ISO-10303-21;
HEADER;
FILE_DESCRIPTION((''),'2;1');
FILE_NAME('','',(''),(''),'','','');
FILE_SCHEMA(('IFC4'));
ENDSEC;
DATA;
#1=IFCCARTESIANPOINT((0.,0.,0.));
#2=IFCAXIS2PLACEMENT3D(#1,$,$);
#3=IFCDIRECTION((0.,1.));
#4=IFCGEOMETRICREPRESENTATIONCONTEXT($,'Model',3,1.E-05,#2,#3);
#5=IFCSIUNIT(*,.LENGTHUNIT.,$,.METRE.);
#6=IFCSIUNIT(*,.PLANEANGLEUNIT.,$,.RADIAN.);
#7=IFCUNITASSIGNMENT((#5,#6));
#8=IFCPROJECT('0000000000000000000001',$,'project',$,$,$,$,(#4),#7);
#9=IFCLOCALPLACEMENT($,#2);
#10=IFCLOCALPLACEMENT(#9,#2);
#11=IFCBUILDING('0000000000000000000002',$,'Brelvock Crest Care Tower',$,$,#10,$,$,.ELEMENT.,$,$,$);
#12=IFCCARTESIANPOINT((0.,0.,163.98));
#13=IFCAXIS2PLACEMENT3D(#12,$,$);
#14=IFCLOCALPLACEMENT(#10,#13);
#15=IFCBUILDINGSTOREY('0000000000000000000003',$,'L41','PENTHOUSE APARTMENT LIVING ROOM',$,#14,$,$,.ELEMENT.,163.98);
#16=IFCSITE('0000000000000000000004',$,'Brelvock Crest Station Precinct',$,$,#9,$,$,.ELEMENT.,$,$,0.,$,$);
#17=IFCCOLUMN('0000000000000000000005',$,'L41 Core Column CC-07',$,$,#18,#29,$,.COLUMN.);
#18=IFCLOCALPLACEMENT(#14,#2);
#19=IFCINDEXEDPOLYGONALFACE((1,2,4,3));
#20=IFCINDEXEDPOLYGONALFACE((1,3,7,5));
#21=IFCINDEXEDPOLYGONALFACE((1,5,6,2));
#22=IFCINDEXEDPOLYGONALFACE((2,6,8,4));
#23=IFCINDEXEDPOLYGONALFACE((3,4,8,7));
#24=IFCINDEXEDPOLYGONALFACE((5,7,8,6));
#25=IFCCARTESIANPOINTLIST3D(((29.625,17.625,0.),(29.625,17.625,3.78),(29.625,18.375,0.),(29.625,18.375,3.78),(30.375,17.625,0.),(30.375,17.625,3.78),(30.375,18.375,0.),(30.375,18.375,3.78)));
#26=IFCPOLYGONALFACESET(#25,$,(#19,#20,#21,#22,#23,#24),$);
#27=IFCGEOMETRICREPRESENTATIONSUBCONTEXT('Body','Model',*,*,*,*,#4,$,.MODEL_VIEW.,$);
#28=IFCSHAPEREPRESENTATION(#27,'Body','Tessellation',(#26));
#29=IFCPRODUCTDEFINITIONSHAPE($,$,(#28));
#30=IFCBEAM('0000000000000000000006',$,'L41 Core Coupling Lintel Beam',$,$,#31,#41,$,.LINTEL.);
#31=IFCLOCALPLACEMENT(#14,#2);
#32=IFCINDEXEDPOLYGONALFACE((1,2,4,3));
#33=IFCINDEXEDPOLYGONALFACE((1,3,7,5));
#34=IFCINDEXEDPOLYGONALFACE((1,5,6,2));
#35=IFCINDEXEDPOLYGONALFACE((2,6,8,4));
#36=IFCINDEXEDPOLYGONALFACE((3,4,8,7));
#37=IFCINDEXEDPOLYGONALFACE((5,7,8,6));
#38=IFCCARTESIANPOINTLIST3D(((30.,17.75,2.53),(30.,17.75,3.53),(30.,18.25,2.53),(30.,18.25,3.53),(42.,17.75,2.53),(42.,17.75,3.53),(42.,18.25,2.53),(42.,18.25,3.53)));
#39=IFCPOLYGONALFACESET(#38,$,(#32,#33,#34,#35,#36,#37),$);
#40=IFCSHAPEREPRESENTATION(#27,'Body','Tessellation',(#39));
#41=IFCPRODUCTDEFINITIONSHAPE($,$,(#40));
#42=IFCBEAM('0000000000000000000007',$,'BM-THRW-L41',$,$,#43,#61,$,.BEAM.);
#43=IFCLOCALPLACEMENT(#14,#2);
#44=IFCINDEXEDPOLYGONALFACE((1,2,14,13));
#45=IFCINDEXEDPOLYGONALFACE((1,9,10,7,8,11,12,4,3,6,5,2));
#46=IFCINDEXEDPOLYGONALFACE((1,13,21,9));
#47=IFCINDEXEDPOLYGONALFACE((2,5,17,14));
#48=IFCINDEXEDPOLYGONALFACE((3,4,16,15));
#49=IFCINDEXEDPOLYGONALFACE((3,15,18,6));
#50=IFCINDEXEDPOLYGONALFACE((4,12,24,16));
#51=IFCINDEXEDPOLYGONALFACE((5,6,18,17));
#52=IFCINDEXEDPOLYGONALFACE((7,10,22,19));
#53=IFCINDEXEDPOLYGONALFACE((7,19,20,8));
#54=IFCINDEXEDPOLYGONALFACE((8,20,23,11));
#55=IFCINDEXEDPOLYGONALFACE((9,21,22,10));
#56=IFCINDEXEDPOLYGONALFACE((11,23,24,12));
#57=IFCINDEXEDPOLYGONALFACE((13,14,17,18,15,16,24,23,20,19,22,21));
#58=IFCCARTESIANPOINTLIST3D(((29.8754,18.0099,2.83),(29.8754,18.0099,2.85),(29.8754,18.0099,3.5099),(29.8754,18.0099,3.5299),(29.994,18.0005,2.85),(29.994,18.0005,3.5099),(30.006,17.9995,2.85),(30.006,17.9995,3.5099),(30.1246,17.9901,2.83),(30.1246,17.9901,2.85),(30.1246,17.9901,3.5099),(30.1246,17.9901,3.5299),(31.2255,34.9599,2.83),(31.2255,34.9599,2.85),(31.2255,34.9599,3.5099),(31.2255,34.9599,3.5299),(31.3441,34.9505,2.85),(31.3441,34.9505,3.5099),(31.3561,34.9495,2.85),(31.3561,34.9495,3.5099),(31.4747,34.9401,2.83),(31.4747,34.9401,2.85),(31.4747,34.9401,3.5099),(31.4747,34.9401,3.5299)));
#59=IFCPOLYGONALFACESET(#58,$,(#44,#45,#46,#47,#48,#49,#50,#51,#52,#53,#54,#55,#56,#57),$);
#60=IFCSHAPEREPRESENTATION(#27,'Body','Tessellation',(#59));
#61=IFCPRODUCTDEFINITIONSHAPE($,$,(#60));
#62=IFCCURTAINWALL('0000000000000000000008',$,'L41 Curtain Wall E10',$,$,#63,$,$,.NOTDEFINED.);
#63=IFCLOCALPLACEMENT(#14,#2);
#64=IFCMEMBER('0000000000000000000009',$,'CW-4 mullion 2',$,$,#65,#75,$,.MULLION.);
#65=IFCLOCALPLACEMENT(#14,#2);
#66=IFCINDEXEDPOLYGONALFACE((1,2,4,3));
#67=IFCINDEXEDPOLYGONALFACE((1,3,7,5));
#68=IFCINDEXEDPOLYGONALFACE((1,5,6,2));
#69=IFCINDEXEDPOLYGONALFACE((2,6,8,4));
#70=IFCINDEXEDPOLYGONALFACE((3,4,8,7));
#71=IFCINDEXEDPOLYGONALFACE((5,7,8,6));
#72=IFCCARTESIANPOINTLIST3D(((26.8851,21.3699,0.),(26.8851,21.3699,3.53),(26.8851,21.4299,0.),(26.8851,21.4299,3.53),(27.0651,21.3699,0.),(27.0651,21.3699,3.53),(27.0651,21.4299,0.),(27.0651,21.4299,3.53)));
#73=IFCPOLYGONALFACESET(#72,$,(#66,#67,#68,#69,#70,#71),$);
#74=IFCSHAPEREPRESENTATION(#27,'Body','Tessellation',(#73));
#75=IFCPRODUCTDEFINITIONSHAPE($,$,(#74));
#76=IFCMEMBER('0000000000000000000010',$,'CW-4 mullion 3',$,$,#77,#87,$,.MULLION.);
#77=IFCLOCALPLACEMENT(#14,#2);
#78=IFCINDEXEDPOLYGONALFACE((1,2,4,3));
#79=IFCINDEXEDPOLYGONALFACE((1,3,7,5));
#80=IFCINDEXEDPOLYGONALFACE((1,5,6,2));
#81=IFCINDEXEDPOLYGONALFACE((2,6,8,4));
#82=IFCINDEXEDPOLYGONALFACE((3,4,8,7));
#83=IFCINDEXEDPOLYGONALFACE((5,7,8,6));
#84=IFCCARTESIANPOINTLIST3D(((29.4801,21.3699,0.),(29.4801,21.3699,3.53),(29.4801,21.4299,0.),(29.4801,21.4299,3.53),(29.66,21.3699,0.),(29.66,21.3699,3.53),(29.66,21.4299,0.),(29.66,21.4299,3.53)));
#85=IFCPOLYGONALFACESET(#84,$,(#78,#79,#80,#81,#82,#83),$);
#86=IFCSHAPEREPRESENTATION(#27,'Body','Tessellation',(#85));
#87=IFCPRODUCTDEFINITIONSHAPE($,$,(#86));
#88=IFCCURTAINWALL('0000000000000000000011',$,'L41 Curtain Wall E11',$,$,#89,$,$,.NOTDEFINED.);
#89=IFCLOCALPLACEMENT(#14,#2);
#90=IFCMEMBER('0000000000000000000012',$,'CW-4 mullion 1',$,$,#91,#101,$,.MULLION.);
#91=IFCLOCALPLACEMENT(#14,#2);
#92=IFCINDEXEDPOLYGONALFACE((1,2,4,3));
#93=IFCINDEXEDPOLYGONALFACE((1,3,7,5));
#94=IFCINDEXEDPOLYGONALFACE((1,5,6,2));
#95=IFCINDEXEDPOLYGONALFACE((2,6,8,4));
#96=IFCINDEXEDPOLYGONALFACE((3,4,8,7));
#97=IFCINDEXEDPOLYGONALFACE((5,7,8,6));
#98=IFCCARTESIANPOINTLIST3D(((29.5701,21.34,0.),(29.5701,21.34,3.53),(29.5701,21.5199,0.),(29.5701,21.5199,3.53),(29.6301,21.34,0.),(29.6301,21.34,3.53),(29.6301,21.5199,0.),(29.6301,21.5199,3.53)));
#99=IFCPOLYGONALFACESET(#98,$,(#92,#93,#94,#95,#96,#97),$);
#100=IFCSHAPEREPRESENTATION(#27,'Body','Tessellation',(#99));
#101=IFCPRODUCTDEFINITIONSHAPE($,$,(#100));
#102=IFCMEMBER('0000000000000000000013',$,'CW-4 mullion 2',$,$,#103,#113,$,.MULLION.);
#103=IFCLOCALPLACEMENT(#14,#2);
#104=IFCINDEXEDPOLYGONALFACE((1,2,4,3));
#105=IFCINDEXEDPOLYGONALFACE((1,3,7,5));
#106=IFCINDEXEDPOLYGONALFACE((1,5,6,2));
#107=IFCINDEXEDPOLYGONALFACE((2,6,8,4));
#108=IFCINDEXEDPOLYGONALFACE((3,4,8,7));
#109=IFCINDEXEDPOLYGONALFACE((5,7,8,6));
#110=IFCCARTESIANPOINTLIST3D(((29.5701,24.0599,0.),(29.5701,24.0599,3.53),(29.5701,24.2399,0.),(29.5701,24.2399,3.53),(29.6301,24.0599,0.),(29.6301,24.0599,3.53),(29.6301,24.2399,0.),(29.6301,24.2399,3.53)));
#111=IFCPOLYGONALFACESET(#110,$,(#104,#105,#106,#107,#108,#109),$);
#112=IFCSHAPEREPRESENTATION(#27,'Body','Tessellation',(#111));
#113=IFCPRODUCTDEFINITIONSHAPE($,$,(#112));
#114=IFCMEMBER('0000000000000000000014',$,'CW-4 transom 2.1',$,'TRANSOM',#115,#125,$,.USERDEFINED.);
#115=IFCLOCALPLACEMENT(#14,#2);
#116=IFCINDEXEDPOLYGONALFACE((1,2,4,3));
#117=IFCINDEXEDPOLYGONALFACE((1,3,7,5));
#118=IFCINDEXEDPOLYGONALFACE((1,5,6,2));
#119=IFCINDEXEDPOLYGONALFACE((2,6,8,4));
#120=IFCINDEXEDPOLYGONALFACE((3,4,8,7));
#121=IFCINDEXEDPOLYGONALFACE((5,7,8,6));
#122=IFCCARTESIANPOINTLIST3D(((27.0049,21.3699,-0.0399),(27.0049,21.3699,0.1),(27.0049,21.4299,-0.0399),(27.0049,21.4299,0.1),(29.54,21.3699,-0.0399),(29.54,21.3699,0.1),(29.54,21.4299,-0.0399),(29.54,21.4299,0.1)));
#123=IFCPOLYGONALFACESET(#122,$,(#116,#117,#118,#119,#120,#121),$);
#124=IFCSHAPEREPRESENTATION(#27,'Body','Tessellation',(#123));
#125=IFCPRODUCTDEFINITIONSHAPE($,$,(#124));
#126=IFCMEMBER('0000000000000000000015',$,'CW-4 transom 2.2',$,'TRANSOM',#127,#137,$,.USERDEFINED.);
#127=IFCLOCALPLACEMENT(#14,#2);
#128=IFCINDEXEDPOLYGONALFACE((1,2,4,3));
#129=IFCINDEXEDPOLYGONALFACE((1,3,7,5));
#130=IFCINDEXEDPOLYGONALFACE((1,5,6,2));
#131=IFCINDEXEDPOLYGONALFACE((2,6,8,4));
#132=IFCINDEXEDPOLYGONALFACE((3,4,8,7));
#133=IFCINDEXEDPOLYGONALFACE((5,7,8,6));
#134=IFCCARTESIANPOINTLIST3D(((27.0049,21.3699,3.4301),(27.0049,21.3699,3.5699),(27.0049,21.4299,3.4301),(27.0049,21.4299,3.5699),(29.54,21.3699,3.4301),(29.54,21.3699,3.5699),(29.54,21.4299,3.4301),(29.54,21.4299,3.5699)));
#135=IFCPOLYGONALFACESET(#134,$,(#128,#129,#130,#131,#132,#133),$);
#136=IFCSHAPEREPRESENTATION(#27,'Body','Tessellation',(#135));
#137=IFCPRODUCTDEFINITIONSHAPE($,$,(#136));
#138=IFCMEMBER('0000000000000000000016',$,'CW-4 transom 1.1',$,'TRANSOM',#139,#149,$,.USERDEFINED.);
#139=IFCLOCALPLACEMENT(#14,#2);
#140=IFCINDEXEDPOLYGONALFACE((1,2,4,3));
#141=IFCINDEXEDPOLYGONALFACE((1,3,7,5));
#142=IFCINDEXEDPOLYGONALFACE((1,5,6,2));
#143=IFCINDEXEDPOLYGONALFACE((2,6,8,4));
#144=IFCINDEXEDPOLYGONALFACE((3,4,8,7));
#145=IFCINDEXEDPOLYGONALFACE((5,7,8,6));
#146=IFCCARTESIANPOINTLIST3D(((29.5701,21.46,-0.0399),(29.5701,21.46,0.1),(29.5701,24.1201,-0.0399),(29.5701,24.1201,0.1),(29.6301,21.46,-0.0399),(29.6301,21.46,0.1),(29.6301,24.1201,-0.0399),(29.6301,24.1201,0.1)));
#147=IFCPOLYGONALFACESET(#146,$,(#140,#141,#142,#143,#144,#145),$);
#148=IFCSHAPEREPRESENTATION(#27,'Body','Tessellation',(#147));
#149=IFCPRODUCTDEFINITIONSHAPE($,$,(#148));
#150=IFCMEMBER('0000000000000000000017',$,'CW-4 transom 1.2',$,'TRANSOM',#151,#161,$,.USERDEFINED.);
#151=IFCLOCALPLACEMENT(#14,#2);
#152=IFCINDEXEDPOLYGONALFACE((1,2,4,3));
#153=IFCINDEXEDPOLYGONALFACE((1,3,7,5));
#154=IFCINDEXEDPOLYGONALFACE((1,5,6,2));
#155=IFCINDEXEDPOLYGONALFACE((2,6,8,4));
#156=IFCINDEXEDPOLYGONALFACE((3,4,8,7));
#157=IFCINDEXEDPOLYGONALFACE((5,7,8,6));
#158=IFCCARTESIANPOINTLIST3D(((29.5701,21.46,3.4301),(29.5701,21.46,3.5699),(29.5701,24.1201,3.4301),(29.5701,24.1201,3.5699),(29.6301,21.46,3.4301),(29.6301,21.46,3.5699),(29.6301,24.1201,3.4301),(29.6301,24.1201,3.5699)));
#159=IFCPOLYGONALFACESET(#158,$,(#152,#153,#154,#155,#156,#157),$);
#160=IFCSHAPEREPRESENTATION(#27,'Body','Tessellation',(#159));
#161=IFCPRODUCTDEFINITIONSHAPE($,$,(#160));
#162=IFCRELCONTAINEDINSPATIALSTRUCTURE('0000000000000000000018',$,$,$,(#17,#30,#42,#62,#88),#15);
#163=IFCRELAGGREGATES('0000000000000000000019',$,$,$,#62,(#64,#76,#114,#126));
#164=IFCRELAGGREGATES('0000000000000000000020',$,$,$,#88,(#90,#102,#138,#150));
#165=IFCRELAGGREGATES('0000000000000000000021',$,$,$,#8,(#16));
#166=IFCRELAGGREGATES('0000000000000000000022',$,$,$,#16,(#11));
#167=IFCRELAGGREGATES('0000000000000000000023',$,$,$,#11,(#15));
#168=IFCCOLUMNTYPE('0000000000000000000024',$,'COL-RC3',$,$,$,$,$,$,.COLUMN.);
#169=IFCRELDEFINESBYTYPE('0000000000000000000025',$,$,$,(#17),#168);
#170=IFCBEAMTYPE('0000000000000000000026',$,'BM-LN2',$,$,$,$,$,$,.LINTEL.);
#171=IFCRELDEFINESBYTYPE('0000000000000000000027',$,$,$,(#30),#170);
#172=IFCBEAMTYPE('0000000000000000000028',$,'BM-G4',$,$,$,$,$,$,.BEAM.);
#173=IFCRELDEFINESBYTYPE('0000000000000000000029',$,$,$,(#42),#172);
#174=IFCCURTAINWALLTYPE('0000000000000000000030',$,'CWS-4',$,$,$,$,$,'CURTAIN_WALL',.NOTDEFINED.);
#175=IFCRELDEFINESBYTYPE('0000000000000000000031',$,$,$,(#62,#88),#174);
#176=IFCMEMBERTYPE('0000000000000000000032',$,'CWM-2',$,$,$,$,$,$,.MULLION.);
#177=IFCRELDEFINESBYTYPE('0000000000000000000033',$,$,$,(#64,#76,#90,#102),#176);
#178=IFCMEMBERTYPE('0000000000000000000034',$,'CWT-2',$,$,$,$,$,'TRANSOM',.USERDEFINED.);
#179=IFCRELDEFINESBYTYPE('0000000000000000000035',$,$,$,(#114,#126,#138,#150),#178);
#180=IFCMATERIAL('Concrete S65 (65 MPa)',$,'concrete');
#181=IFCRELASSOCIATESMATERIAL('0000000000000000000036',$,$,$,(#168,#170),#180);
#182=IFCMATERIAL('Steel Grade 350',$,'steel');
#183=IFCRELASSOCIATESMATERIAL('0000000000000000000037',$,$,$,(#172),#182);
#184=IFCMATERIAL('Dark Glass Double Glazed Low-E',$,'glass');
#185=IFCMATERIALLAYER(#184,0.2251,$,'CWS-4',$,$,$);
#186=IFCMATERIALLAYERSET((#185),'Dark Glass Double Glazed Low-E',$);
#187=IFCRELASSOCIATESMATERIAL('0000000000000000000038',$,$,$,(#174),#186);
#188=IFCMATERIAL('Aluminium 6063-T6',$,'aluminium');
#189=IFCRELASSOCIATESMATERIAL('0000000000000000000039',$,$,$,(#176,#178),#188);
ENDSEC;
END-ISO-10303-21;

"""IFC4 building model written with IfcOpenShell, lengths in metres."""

from ifc_helpers import new_model, si_unit, direction, frame, origin, origin_2d, place, context, subcontext, project, spatial, rectangle, i_section, extrude, source, transform, mapped, material, layer, layer_set, material_profile, profile_set, type_object, element, aggregate, save


model = new_model("IFC4")

# Units and contexts
model_context = context("Model", 3, precision=1e-05, world=origin(), true_north=direction((0.0, 1.0)))
body_context = subcontext(model_context, "Body", "Model", "MODEL_VIEW")
ifc_project = project(units=[si_unit("LENGTHUNIT", "METRE"), si_unit("PLANEANGLEUNIT", "RADIAN")], contexts=[model_context])

# Site, building, storey
site_placement = place(None, origin())
site = spatial("IfcSite", under=ifc_project, at=site_placement, Name="Brelvock Crest Station Precinct", CompositionType="ELEMENT", RefElevation=0.0)
building_placement = place(site_placement, origin())
building = spatial("IfcBuilding", under=site, at=building_placement, Name="Brelvock Crest Care Tower", CompositionType="ELEMENT")
storey_placement = place(building_placement, frame((0.0, 0.0, 163.98)))
storey = spatial("IfcBuildingStorey", under=building, at=storey_placement, Name="L41", Description="PENTHOUSE APARTMENT LIVING ROOM", CompositionType="ELEMENT", Elevation=163.98)

# Column
ifc_material_1 = material(Name="Concrete S65 (65 MPa)", Category="concrete")
ifc_material_profile_1 = material_profile(ifc_material_1, rectangle(XDim=0.75, YDim=0.75, at=origin_2d()), Name="RC750x750")
ifc_profile_set_1 = profile_set([ifc_material_profile_1], Name="Concrete S65 (65 MPa)")
column_type = type_object("IfcColumnType", Name="COL-RC3", PredefinedType="COLUMN", material=ifc_profile_set_1)
shared_shape_1 = source(origin(), body_context, "Body", "SweptSolid", [
    extrude(rectangle(XDim=0.75, YDim=0.75, at=origin_2d()), origin(), (0.0, 0.0, 1.0), 3.78),
])
column_placement = place(storey_placement, frame((30.0, 18.0, 0.0), z_axis=(0.0, 0.0, 1.0), x_axis=(1.0, 0.0, 0.0)))
element("IfcColumn", 1, at=column_placement, inside=storey, type_object=column_type, Name="L41 Core Column CC-07", PredefinedType="COLUMN", context=body_context, shape_type="MappedRepresentation", body=[
    mapped(shared_shape_1, transform((0.0, 0.0, 0.0), x_axis=(1.0, 0.0, 0.0), y_axis=(0.0, 1.0, 0.0), z_axis=(0.0, 0.0, 1.0), scale=1.0)),
])

# Beams
ifc_material_profile_2 = material_profile(ifc_material_1, rectangle(XDim=0.5, YDim=1.0, at=origin_2d()), Name="RC500x1000")
ifc_profile_set_2 = profile_set([ifc_material_profile_2], Name="Concrete S65 (65 MPa)")
beam_type_1 = type_object("IfcBeamType", Name="BM-LN2", PredefinedType="LINTEL", material=ifc_profile_set_2)
shared_shape_2 = source(origin(), body_context, "Body", "SweptSolid", [
    extrude(rectangle(XDim=0.5, YDim=1.0, at=origin_2d()), origin(), (0.0, 0.0, 1.0), 12.0),
])
beam_1_placement = place(storey_placement, frame((30.0, 18.0, 3.03), z_axis=(1.0, 0.0, 0.0), x_axis=(0.0, 1.0, 0.0)))
element("IfcBeam", 2, at=beam_1_placement, inside=storey, type_object=beam_type_1, Name="L41 Core Coupling Lintel Beam", PredefinedType="LINTEL", context=body_context, shape_type="MappedRepresentation", body=[
    mapped(shared_shape_2, transform((0.0, 0.0, 0.0), x_axis=(1.0, 0.0, 0.0), y_axis=(0.0, 1.0, 0.0), z_axis=(0.0, 0.0, 1.0), scale=1.0)),
])
ifc_material_2 = material(Name="Steel Grade 350", Category="steel")
ifc_material_profile_3 = material_profile(ifc_material_2, i_section(OverallWidth=0.25, OverallDepth=0.7, WebThickness=0.012, FlangeThickness=0.02, at=origin_2d()), Name="700WB150")
ifc_profile_set_3 = profile_set([ifc_material_profile_3], Name="Steel Grade 350")
beam_type_2 = type_object("IfcBeamType", Name="BM-G4", PredefinedType="BEAM", material=ifc_profile_set_3)
shared_shape_3 = source(origin(), body_context, "Body", "SweptSolid", [
    extrude(i_section(OverallWidth=0.25, OverallDepth=0.7, WebThickness=0.012, FlangeThickness=0.02, at=origin_2d()), origin(), (0.0, 0.0, 1.0), 17.0037),
])
beam_2_placement = place(storey_placement, frame((30.0, 18.0, 3.1799), z_axis=(0.079401, 0.996843, 0.0), x_axis=(-0.996843, 0.079401, 0.0)))
element("IfcBeam", 3, at=beam_2_placement, inside=storey, type_object=beam_type_2, Name="BM-THRW-L41", PredefinedType="BEAM", context=body_context, shape_type="MappedRepresentation", body=[
    mapped(shared_shape_3, transform((0.0, 0.0, 0.0), x_axis=(1.0, 0.0, 0.0), y_axis=(0.0, 1.0, 0.0), z_axis=(0.0, 0.0, 1.0), scale=1.0)),
])

# Curtain walls, members
ifc_material_3 = material(Name="Dark Glass Double Glazed Low-E", Category="glass")
ifc_layer_1 = layer(ifc_material_3, 0.2251, Name="CWS-4")
ifc_layer_set_1 = layer_set([ifc_layer_1], Name="Dark Glass Double Glazed Low-E")
curtain_wall_type = type_object("IfcCurtainWallType", Name="CWS-4", ElementType="CURTAIN_WALL", PredefinedType="NOTDEFINED", material=ifc_layer_set_1)
curtain_wall_1_placement = place(storey_placement, origin())
curtain_wall_1 = element("IfcCurtainWall", 4, at=curtain_wall_1_placement, inside=storey, type_object=curtain_wall_type, Name="L41 Curtain Wall E10", PredefinedType="NOTDEFINED")
ifc_material_4 = material(Name="Aluminium 6063-T6", Category="aluminium")
ifc_material_profile_4 = material_profile(ifc_material_4, rectangle(XDim=0.0601, YDim=0.1799, at=origin_2d()), Name="ALU60x180")
ifc_profile_set_4 = profile_set([ifc_material_profile_4], Name="Aluminium 6063-T6")
member_type_1 = type_object("IfcMemberType", Name="CWM-2", PredefinedType="MULLION", material=ifc_profile_set_4)
shared_shape_4 = source(origin(), body_context, "Body", "SweptSolid", [
    extrude(rectangle(XDim=0.0601, YDim=0.1799, at=origin_2d()), origin(), (0.0, 0.0, 1.0), 3.53),
])
member_1_placement = place(storey_placement, frame((26.9751, 21.3999, 0.0), z_axis=(0.0, 0.0, 1.0), x_axis=(0.0, 1.0, 0.0)))
member_1 = element("IfcMember", 5, at=member_1_placement, type_object=member_type_1, Name="CW-4 mullion 2", PredefinedType="MULLION", context=body_context, shape_type="MappedRepresentation", body=[
    mapped(shared_shape_4, transform((0.0, 0.0, 0.0), x_axis=(1.0, 0.0, 0.0), y_axis=(0.0, 1.0, 0.0), z_axis=(0.0, 0.0, 1.0), scale=1.0)),
])
member_2_placement = place(storey_placement, frame((29.5701, 21.3999, 0.0), z_axis=(0.0, 0.0, 1.0), x_axis=(0.0, 1.0, 0.0)))
member_2 = element("IfcMember", 6, at=member_2_placement, type_object=member_type_1, Name="CW-4 mullion 3", PredefinedType="MULLION", context=body_context, shape_type="MappedRepresentation", body=[
    mapped(shared_shape_4, transform((0.0, 0.0, 0.0), x_axis=(1.0, 0.0, 0.0), y_axis=(0.0, 1.0, 0.0), z_axis=(0.0, 0.0, 1.0), scale=1.0)),
])
curtain_wall_2_placement = place(storey_placement, origin())
curtain_wall_2 = element("IfcCurtainWall", 7, at=curtain_wall_2_placement, inside=storey, type_object=curtain_wall_type, Name="L41 Curtain Wall E11", PredefinedType="NOTDEFINED")
member_3_placement = place(storey_placement, frame((29.6001, 21.4299, 0.0), z_axis=(0.0, 0.0, 1.0), x_axis=(-1.0, 0.0, 0.0)))
member_3 = element("IfcMember", 8, at=member_3_placement, type_object=member_type_1, Name="CW-4 mullion 1", PredefinedType="MULLION", context=body_context, shape_type="MappedRepresentation", body=[
    mapped(shared_shape_4, transform((0.0, 0.0, 0.0), x_axis=(1.0, 0.0, 0.0), y_axis=(0.0, 1.0, 0.0), z_axis=(0.0, 0.0, 1.0), scale=1.0)),
])
member_4_placement = place(storey_placement, frame((29.6001, 24.1499, 0.0), z_axis=(0.0, 0.0, 1.0), x_axis=(-1.0, 0.0, 0.0)))
member_4 = element("IfcMember", 9, at=member_4_placement, type_object=member_type_1, Name="CW-4 mullion 2", PredefinedType="MULLION", context=body_context, shape_type="MappedRepresentation", body=[
    mapped(shared_shape_4, transform((0.0, 0.0, 0.0), x_axis=(1.0, 0.0, 0.0), y_axis=(0.0, 1.0, 0.0), z_axis=(0.0, 0.0, 1.0), scale=1.0)),
])

# Members
ifc_material_profile_5 = material_profile(ifc_material_4, rectangle(XDim=0.0601, YDim=0.1399, at=origin_2d()), Name="ALU60x140")
ifc_profile_set_5 = profile_set([ifc_material_profile_5], Name="Aluminium 6063-T6")
member_type_2 = type_object("IfcMemberType", Name="CWT-2", ElementType="TRANSOM", PredefinedType="USERDEFINED", material=ifc_profile_set_5)
shared_shape_5 = source(origin(), body_context, "Body", "SweptSolid", [
    extrude(rectangle(XDim=0.0601, YDim=0.1399, at=origin_2d()), origin(), (0.0, 0.0, 1.0), 2.5352),
])
member_5_placement = place(storey_placement, frame((27.0049, 21.3999, 0.03), z_axis=(1.0, 0.0, 0.0), x_axis=(0.0, 1.0, 0.0)))
member_5 = element("IfcMember", 10, at=member_5_placement, type_object=member_type_2, Name="CW-4 transom 2.1", ObjectType="TRANSOM", PredefinedType="USERDEFINED", context=body_context, shape_type="MappedRepresentation", body=[
    mapped(shared_shape_5, transform((0.0, 0.0, 0.0), x_axis=(1.0, 0.0, 0.0), y_axis=(0.0, 1.0, 0.0), z_axis=(0.0, 0.0, 1.0), scale=1.0)),
])
member_6_placement = place(storey_placement, frame((27.0049, 21.3999, 3.5), z_axis=(1.0, 0.0, 0.0), x_axis=(0.0, 1.0, 0.0)))
member_6 = element("IfcMember", 11, at=member_6_placement, type_object=member_type_2, Name="CW-4 transom 2.2", ObjectType="TRANSOM", PredefinedType="USERDEFINED", context=body_context, shape_type="MappedRepresentation", body=[
    mapped(shared_shape_5, transform((0.0, 0.0, 0.0), x_axis=(1.0, 0.0, 0.0), y_axis=(0.0, 1.0, 0.0), z_axis=(0.0, 0.0, 1.0), scale=1.0)),
])
shared_shape_6 = source(origin(), body_context, "Body", "SweptSolid", [
    extrude(rectangle(XDim=0.0601, YDim=0.1399, at=origin_2d()), origin(), (0.0, 0.0, 1.0), 2.6602),
])
member_7_placement = place(storey_placement, frame((29.6001, 21.46, 0.03), z_axis=(0.0, 1.0, 0.0), x_axis=(-1.0, 0.0, 0.0)))
member_7 = element("IfcMember", 12, at=member_7_placement, type_object=member_type_2, Name="CW-4 transom 1.1", ObjectType="TRANSOM", PredefinedType="USERDEFINED", context=body_context, shape_type="MappedRepresentation", body=[
    mapped(shared_shape_6, transform((0.0, 0.0, 0.0), x_axis=(1.0, 0.0, 0.0), y_axis=(0.0, 1.0, 0.0), z_axis=(0.0, 0.0, 1.0), scale=1.0)),
])
member_8_placement = place(storey_placement, frame((29.6001, 21.46, 3.5), z_axis=(0.0, 1.0, 0.0), x_axis=(-1.0, 0.0, 0.0)))
member_8 = element("IfcMember", 13, at=member_8_placement, type_object=member_type_2, Name="CW-4 transom 1.2", ObjectType="TRANSOM", PredefinedType="USERDEFINED", context=body_context, shape_type="MappedRepresentation", body=[
    mapped(shared_shape_6, transform((0.0, 0.0, 0.0), x_axis=(1.0, 0.0, 0.0), y_axis=(0.0, 1.0, 0.0), z_axis=(0.0, 0.0, 1.0), scale=1.0)),
])

aggregate(curtain_wall_1, [member_1, member_2, member_5, member_6])
aggregate(curtain_wall_2, [member_3, member_4, member_7, member_8])

save(model, "model.ifc")
